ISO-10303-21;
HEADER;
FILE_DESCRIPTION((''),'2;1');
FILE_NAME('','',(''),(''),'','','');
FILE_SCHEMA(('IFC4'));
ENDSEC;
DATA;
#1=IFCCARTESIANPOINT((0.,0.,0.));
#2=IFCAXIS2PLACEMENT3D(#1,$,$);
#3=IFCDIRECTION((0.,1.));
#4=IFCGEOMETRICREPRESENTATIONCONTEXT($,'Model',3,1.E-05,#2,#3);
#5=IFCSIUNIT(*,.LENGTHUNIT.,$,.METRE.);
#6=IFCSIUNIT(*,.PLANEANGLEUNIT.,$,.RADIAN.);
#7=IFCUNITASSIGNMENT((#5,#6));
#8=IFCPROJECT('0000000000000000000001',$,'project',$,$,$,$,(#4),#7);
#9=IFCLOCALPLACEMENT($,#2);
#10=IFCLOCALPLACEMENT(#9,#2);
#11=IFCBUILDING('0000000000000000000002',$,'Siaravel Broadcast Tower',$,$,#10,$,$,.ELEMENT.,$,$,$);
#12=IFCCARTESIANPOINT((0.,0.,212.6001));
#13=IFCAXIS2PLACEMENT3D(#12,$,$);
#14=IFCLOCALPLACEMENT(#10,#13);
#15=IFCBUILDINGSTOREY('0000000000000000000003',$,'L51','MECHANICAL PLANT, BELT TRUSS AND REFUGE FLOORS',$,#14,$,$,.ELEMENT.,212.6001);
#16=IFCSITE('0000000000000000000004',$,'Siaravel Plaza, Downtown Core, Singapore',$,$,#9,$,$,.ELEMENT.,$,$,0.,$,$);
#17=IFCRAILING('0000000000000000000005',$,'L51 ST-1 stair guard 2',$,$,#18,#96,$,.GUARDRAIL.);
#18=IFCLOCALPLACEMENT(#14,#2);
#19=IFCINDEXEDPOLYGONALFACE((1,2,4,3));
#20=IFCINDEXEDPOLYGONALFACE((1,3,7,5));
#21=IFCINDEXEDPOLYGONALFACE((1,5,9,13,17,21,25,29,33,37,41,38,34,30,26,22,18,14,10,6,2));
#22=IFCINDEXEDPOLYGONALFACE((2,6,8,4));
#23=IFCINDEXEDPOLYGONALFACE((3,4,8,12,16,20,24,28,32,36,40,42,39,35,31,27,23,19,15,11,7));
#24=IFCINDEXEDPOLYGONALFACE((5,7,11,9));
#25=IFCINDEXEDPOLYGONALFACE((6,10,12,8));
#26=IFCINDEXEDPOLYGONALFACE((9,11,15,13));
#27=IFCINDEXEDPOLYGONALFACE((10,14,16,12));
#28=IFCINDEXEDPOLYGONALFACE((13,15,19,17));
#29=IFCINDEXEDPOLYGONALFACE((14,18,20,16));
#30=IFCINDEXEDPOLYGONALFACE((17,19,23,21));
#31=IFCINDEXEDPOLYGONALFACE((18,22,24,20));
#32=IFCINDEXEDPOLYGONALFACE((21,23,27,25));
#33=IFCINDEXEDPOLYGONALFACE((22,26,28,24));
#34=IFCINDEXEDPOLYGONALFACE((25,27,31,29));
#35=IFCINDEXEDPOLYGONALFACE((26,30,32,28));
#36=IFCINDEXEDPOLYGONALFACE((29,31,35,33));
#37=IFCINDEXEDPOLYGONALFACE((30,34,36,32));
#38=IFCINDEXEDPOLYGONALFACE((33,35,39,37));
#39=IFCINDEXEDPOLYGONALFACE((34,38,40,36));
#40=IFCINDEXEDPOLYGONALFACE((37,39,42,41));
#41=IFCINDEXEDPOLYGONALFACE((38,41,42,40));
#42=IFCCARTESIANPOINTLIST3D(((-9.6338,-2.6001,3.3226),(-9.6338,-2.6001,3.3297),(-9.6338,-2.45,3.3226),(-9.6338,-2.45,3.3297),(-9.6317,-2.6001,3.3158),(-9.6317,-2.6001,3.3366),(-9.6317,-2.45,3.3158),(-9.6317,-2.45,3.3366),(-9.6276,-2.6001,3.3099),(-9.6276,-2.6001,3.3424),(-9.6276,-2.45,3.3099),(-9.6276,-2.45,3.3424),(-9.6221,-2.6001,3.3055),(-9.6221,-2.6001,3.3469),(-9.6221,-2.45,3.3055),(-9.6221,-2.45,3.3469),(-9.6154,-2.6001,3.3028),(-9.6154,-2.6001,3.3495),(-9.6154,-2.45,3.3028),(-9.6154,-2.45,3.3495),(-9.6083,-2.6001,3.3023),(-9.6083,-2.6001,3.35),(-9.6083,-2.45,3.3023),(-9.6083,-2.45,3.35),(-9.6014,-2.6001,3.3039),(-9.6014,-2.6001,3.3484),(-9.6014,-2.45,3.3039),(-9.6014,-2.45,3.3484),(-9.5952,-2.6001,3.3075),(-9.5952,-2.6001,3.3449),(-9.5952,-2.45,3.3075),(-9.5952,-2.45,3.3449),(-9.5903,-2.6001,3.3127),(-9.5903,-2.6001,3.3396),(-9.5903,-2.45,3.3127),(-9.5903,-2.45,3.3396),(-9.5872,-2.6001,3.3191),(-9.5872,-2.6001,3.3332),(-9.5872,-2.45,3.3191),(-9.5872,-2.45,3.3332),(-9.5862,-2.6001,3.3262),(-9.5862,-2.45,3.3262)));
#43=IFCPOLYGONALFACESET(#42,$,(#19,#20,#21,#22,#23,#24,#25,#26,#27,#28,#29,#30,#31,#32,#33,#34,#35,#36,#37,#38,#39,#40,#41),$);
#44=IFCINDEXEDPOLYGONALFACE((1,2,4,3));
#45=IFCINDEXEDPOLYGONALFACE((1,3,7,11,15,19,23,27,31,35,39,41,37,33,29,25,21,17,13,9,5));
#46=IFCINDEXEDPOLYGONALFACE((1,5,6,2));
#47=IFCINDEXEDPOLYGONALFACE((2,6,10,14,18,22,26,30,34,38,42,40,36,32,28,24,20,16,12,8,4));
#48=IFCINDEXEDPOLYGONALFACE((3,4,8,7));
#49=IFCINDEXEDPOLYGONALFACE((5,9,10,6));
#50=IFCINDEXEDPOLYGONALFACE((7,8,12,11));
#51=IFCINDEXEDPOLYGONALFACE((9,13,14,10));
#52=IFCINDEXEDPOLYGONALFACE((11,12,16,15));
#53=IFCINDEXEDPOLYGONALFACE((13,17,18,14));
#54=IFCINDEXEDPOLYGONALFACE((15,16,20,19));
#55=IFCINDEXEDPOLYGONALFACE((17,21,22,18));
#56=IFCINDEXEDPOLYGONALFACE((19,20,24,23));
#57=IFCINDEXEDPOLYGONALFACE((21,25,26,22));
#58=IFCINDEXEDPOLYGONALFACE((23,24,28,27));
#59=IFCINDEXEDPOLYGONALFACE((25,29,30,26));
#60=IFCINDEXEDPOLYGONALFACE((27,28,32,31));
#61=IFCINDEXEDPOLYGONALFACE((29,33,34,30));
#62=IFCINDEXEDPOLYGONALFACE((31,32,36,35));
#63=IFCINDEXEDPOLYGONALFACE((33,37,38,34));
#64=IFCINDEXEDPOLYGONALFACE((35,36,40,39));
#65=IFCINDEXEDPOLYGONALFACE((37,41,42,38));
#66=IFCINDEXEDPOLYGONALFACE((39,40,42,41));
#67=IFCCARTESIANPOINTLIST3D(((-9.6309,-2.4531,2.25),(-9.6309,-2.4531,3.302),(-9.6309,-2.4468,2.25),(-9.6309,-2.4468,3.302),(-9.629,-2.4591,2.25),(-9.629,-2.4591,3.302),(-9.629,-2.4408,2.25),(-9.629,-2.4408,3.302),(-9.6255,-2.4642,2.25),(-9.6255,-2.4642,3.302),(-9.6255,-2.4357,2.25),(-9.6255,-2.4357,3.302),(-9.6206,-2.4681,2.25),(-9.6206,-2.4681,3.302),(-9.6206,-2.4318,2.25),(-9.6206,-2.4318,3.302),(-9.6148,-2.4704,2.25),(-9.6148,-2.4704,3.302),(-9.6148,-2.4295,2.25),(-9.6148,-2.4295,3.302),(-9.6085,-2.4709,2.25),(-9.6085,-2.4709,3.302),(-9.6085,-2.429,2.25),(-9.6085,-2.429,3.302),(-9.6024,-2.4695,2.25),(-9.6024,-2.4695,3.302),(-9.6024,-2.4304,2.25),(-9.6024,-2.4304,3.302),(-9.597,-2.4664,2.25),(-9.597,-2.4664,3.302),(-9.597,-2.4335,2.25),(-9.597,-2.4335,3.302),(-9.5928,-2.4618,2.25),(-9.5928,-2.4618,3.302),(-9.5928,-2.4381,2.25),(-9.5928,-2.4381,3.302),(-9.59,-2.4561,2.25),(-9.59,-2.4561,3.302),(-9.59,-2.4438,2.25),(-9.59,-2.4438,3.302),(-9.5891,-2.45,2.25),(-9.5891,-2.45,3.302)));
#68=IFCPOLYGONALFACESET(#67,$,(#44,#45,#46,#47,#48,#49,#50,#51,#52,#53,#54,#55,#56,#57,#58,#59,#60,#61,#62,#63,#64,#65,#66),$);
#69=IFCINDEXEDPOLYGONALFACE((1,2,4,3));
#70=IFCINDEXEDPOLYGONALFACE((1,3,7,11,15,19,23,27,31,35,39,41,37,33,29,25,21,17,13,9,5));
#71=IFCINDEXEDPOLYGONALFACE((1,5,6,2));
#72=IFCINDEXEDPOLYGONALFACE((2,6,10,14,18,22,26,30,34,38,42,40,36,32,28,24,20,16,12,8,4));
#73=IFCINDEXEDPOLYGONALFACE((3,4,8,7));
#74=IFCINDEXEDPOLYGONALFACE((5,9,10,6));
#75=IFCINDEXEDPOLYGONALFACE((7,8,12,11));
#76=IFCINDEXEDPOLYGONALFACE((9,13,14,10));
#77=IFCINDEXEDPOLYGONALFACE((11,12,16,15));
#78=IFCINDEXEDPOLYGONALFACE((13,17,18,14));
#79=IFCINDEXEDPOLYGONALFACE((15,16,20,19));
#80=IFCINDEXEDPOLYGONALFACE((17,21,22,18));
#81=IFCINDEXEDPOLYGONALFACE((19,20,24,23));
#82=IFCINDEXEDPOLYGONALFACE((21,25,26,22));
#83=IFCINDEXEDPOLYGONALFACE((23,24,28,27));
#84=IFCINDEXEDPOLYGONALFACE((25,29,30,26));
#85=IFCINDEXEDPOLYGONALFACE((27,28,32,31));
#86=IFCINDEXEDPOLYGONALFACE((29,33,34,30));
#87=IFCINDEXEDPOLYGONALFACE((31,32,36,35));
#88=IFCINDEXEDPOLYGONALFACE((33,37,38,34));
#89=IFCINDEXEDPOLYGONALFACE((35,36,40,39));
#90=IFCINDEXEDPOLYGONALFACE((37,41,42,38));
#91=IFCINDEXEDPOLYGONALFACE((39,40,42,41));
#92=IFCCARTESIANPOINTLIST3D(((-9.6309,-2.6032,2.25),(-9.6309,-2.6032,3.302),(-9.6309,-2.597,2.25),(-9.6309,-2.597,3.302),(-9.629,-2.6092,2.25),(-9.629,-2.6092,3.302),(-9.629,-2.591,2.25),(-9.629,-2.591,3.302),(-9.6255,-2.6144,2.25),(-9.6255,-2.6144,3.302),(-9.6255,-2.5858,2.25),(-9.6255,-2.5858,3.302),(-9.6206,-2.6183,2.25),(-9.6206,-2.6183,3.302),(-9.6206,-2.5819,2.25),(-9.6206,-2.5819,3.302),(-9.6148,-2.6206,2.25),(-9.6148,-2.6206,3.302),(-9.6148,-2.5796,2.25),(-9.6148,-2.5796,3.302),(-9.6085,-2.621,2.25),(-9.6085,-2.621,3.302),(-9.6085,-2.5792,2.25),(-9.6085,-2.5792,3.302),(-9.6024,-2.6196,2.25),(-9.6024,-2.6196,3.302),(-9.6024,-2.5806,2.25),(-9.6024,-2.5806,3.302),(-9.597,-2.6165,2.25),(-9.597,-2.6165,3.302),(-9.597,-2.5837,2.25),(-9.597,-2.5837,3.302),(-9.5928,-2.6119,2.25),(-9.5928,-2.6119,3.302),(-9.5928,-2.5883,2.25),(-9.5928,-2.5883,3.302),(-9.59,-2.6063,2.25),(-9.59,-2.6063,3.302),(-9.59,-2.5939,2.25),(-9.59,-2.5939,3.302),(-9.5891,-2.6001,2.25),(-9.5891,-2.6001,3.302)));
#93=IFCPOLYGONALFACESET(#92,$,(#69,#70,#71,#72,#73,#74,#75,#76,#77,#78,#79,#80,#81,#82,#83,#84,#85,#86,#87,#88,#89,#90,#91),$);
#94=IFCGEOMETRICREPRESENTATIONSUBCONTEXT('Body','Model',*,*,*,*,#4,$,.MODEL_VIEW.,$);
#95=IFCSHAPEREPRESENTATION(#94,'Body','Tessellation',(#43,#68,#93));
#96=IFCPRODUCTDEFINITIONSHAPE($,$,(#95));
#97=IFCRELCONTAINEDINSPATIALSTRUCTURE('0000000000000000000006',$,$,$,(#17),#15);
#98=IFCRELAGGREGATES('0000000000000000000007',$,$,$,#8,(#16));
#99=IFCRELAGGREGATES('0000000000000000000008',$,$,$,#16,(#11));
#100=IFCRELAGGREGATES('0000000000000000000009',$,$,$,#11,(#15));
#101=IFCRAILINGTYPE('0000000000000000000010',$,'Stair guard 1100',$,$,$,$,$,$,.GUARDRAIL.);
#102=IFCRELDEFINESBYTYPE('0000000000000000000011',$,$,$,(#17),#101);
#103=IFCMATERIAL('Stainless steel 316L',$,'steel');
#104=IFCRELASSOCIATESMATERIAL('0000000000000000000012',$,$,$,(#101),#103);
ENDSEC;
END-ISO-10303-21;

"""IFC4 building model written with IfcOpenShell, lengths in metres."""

from ifc_helpers import new_model, si_unit, direction, frame, origin, origin_2d, place, context, subcontext, project, spatial, circle, extrude, material, type_object, element, save


model = new_model("IFC4")

# Units and contexts
model_context = context("Model", 3, precision=1e-05, world=origin(), true_north=direction((0.0, 1.0)))
body_context = subcontext(model_context, "Body", "Model", "MODEL_VIEW")
ifc_project = project(units=[si_unit("LENGTHUNIT", "METRE"), si_unit("PLANEANGLEUNIT", "RADIAN")], contexts=[model_context])

# Site, building, storey
site_placement = place(None, origin())
site = spatial("IfcSite", under=ifc_project, at=site_placement, Name="Siaravel Plaza, Downtown Core, Singapore", CompositionType="ELEMENT", RefElevation=0.0)
building_placement = place(site_placement, origin())
building = spatial("IfcBuilding", under=site, at=building_placement, Name="Siaravel Broadcast Tower", CompositionType="ELEMENT")
storey_placement = place(building_placement, frame((0.0, 0.0, 212.6001)))
storey = spatial("IfcBuildingStorey", under=building, at=storey_placement, Name="L51", Description="MECHANICAL PLANT, BELT TRUSS AND REFUGE FLOORS", CompositionType="ELEMENT", Elevation=212.6001)

# Shared definitions
ifc_material_1 = material(Name="Stainless steel 316L", Category="steel")

# Railing
railing_type_1 = type_object("IfcRailingType", Name="Stair guard 1100", PredefinedType="GUARDRAIL", material=ifc_material_1)
railing_1_placement = place(storey_placement, frame((-9.6101, -2.45, 2.25)))
element("IfcRailing", 1, at=railing_1_placement, inside=storey, type_object=railing_type_1, Name="L51 ST-1 stair guard 2", PredefinedType="GUARDRAIL", context=body_context, shape_type="SweptSolid", body=[
    extrude(circle(Radius=0.0239, at=origin_2d()), frame((0.0, 0.0, 1.0762), z_axis=(0.0, -1.0, 0.0), x_axis=(1.0, 0.0, 0.0)), (0.0, 0.0, 1.0), 0.1501),
    extrude(circle(Radius=0.021, at=origin_2d()), origin(), (0.0, 0.0, 1.0), 1.052),
    extrude(circle(Radius=0.021, at=origin_2d()), frame((0.0, -0.1501, 0.0)), (0.0, 0.0, 1.0), 1.052),
])

save(model, "model.ifc")
